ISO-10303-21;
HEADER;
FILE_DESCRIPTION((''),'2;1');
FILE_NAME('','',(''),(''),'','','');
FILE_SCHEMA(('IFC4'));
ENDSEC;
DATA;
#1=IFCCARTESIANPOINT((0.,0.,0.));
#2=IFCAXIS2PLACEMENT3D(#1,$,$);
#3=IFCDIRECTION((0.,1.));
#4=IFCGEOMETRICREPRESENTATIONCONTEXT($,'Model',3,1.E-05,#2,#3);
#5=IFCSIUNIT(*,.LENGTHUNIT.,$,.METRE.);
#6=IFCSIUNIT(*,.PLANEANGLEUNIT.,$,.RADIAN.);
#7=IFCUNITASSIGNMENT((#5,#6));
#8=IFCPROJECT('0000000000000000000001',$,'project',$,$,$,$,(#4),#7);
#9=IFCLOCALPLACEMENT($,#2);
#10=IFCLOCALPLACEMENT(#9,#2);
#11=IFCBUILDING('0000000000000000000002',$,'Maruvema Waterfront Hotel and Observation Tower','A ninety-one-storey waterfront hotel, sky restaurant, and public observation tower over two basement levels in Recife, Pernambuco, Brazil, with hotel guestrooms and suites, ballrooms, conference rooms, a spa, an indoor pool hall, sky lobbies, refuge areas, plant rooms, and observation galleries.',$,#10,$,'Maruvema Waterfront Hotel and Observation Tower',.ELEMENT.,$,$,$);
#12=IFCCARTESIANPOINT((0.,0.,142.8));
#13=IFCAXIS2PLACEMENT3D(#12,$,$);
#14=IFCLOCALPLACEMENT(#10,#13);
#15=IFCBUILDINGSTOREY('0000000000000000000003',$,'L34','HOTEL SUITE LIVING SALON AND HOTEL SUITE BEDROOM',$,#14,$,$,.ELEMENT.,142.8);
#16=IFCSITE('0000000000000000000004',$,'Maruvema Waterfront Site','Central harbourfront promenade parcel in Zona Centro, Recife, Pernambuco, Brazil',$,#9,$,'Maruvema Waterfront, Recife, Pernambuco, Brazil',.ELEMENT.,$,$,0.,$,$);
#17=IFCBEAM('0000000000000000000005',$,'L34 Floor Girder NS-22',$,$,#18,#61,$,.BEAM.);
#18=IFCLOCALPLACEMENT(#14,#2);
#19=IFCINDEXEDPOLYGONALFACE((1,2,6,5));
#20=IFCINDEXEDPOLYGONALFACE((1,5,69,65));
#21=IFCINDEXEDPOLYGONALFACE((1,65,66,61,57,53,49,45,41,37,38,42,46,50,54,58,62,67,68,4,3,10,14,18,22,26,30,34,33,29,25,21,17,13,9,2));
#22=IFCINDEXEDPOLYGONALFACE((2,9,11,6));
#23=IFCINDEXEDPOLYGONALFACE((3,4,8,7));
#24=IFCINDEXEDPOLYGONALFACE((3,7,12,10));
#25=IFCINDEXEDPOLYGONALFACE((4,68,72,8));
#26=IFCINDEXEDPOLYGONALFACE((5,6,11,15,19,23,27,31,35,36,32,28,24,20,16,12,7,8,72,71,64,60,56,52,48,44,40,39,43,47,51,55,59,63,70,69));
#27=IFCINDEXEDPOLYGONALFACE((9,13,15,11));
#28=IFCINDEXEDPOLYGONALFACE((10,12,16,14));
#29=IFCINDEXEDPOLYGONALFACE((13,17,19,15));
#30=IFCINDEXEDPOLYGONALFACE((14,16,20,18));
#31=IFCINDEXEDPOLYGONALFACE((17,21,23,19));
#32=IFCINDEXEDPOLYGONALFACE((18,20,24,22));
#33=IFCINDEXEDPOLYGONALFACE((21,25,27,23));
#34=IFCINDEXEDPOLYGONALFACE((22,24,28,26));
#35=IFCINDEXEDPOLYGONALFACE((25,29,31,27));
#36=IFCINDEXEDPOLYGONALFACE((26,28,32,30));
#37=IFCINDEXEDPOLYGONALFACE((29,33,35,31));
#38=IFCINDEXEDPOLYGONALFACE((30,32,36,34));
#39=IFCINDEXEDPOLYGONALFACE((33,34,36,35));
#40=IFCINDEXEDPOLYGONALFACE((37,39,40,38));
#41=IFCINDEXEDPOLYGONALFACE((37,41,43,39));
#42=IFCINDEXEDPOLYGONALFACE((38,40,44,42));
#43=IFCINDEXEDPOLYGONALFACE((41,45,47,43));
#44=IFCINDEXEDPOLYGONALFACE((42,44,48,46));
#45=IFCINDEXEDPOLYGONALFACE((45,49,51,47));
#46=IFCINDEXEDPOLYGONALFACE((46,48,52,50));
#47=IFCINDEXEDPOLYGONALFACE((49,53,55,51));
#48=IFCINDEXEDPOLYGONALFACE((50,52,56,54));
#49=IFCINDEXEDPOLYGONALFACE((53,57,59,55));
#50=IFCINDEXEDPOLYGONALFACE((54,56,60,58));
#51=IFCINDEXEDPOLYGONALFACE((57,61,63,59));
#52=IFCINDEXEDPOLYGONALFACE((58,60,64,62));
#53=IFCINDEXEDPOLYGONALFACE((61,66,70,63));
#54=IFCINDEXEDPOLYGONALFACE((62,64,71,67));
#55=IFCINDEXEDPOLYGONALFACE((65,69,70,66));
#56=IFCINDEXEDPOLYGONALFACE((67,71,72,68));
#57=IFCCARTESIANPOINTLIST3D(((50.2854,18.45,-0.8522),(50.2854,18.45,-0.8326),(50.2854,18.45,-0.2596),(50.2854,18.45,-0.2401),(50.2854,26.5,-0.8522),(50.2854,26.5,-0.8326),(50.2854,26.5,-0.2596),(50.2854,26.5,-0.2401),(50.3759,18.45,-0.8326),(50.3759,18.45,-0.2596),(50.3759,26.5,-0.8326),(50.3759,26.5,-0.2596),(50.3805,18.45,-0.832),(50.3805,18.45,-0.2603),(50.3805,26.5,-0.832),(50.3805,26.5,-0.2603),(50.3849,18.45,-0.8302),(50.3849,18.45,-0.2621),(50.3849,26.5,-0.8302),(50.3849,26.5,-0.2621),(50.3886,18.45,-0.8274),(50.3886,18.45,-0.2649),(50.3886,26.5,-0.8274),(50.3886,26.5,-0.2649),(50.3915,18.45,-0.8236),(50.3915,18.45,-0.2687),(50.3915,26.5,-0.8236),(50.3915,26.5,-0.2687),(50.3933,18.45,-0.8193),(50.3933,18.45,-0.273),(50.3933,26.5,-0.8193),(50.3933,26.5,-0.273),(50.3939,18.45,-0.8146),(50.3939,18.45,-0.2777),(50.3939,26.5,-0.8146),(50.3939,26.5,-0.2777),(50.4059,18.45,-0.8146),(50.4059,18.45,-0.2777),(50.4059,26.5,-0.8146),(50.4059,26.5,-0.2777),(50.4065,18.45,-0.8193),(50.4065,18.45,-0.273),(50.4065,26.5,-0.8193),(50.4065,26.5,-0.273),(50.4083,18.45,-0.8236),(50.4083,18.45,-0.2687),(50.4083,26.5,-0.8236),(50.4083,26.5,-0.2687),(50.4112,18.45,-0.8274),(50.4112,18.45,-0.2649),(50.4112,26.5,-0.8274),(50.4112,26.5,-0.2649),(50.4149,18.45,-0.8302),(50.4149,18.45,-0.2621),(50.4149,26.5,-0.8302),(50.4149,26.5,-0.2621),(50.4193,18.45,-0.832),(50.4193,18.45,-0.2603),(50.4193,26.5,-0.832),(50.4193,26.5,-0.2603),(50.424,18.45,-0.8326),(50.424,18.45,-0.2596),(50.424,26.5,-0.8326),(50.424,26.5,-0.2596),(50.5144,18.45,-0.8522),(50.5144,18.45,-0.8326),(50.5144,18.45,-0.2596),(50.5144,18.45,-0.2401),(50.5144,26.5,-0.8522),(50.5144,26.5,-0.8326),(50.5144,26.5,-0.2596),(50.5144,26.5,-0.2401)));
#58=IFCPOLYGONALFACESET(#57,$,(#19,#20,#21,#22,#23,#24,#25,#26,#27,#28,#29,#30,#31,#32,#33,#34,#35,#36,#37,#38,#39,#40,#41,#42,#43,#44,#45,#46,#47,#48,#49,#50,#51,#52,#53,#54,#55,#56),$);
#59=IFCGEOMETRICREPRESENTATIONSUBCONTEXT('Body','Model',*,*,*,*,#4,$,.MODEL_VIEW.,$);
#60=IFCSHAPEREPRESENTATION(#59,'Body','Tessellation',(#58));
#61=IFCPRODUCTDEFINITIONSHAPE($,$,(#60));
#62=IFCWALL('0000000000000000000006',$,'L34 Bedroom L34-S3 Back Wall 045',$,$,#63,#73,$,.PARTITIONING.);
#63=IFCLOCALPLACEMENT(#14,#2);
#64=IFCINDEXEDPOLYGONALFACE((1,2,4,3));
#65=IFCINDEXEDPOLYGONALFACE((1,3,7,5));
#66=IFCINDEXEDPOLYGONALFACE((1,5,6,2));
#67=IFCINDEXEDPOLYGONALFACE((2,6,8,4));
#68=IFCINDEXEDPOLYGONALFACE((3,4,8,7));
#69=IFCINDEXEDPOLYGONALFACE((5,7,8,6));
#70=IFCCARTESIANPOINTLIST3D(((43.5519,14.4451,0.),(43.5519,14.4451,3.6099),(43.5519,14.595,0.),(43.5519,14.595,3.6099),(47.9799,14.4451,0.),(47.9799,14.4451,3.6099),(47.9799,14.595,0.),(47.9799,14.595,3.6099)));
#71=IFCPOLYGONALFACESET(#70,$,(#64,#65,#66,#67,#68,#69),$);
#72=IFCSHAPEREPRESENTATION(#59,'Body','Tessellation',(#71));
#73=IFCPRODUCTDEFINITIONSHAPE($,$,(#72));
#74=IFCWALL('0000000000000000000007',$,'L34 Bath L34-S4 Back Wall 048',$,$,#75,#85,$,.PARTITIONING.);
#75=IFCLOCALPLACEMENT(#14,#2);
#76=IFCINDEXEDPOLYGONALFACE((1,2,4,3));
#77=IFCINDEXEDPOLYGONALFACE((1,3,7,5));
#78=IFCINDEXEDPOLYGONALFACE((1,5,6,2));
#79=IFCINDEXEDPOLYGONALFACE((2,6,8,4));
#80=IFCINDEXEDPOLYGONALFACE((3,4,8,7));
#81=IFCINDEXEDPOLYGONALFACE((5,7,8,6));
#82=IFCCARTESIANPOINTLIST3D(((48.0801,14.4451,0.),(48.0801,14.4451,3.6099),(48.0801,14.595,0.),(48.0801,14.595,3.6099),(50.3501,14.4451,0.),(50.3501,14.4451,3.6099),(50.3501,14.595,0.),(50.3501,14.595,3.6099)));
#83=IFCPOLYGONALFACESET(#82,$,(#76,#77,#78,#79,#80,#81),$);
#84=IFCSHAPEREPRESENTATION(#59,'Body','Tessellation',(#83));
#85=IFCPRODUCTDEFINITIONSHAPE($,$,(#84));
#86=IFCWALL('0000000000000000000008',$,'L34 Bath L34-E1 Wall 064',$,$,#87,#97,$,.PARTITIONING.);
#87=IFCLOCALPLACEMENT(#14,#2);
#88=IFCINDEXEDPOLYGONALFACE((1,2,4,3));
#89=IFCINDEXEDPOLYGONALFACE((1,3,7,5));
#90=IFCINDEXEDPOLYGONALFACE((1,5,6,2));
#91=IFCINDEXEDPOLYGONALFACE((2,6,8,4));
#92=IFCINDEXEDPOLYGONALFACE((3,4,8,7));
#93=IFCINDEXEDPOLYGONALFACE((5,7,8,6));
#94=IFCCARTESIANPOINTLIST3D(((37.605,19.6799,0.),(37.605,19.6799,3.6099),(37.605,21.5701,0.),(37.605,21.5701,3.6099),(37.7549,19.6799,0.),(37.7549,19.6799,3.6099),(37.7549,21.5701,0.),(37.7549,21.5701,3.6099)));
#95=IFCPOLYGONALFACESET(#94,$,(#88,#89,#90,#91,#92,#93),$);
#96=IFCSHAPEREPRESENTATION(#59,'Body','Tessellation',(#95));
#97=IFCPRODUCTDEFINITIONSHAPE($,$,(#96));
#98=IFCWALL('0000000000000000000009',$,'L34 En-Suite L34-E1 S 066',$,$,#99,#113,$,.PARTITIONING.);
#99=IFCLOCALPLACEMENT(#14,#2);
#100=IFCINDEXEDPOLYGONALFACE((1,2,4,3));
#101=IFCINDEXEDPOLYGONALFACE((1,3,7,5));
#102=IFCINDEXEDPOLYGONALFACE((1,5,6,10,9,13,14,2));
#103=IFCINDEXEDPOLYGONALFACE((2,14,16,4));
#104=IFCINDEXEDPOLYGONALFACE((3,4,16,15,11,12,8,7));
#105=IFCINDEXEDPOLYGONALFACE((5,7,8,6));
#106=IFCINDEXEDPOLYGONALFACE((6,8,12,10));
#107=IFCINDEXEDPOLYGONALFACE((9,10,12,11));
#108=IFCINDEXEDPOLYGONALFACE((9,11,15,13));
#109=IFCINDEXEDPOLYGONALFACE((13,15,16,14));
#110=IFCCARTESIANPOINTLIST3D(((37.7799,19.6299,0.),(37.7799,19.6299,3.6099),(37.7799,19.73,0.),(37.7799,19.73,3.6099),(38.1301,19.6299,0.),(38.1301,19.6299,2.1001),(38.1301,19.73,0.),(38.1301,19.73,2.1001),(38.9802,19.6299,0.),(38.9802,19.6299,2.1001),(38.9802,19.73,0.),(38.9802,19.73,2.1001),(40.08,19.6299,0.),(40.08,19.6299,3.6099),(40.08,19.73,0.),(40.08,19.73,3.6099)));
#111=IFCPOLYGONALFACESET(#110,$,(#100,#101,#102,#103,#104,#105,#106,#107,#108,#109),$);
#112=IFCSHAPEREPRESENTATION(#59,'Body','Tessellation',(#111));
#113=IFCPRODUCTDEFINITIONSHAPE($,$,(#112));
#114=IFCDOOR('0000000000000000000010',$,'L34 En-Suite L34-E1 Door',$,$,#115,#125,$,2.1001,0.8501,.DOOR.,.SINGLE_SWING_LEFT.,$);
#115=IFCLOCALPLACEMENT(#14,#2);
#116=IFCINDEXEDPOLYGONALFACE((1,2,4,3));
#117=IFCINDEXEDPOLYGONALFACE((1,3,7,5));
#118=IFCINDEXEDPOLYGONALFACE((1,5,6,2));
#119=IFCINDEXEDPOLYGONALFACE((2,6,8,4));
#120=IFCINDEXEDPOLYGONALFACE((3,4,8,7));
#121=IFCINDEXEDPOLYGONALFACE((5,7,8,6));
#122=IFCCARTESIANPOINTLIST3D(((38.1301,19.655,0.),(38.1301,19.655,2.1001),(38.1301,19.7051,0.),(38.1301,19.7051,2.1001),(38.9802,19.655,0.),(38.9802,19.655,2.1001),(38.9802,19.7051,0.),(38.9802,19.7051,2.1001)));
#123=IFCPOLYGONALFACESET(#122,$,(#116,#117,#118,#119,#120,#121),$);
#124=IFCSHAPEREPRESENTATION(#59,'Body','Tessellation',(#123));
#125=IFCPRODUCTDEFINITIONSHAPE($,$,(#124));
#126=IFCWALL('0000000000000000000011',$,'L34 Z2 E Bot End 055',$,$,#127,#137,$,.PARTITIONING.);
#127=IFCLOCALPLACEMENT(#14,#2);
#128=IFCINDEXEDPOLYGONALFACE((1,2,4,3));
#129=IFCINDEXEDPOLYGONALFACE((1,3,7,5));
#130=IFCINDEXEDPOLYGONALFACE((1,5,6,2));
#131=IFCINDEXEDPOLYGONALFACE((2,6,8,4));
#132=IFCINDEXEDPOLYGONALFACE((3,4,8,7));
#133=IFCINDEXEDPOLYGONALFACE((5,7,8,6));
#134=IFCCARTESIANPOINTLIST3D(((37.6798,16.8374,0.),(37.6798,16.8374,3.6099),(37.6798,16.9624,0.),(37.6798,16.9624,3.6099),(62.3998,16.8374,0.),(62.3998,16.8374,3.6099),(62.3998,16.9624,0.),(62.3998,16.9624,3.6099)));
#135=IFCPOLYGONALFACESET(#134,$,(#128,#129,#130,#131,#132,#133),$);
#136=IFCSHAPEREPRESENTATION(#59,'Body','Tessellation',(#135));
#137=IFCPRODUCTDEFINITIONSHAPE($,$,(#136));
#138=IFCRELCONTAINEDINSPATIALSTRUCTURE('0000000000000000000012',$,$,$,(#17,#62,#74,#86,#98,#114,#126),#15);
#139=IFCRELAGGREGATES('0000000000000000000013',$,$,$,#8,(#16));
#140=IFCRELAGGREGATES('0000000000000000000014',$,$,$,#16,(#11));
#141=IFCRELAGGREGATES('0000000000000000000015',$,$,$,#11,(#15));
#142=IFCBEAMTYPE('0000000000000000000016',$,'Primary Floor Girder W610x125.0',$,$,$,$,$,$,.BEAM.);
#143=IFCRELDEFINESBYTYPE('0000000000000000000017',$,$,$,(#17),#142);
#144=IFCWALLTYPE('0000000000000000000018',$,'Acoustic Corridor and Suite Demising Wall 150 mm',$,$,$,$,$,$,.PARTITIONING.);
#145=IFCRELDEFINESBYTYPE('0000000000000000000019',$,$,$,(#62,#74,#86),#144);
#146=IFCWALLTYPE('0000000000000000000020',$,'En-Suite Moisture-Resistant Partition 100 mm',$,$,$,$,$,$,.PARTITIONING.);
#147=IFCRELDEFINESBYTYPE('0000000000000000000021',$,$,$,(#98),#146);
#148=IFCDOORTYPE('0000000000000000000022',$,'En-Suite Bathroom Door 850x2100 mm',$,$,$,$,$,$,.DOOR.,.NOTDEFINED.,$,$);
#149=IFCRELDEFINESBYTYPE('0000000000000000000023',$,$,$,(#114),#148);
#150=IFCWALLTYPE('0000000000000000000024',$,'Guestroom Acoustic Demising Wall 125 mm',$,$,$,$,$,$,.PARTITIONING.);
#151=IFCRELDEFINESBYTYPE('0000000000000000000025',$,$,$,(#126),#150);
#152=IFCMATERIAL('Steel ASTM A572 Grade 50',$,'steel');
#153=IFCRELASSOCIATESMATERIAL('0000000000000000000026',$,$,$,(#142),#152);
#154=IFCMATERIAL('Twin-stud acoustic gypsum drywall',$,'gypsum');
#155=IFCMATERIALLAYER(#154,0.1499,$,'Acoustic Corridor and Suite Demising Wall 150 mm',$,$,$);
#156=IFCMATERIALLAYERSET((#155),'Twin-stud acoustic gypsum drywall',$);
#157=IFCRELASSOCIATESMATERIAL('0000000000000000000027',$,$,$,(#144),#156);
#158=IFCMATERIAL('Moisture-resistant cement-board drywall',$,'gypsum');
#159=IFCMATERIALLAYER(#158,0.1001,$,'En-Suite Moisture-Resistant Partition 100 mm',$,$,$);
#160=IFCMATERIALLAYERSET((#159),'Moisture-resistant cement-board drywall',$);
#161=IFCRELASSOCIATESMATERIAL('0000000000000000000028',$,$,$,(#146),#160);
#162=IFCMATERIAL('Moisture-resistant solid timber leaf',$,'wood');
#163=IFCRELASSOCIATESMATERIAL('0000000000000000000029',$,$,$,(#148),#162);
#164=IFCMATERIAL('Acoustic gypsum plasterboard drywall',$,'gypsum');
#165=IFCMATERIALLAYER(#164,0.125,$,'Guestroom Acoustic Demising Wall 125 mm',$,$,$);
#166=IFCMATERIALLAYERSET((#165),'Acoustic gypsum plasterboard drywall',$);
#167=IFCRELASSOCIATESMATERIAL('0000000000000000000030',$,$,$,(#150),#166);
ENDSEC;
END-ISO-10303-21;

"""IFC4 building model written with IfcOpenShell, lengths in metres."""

from ifc_helpers import new_model, si_unit, direction, frame, frame_2d, origin, origin_2d, place, context, subcontext, project, spatial, rectangle, i_section, extrude, material, layer, layer_set, material_profile, profile_set, type_object, element, fill, save


model = new_model("IFC4")

# Units and contexts
model_context = context("Model", 3, precision=1e-05, world=origin(), true_north=direction((0.0, 1.0)))
body_context = subcontext(model_context, "Body", "Model", "MODEL_VIEW")
ifc_project = project(units=[si_unit("LENGTHUNIT", "METRE"), si_unit("PLANEANGLEUNIT", "RADIAN")], contexts=[model_context])

# Site, building, storey
site_placement = place(None, origin())
site = spatial("IfcSite", under=ifc_project, at=site_placement, Name="Maruvema Waterfront Site", Description="Central harbourfront promenade parcel in Zona Centro, Recife, Pernambuco, Brazil", LongName="Maruvema Waterfront, Recife, Pernambuco, Brazil", CompositionType="ELEMENT", RefElevation=0.0)
building_placement = place(site_placement, origin())
building = spatial("IfcBuilding", under=site, at=building_placement, Name="Maruvema Waterfront Hotel and Observation Tower", Description="A ninety-one-storey waterfront hotel, sky restaurant, and public observation tower over two basement levels in Recife, Pernambuco, Brazil, with hotel guestrooms and suites, ballrooms, conference rooms, a spa, an indoor pool hall, sky lobbies, refuge areas, plant rooms, and observation galleries.", LongName="Maruvema Waterfront Hotel and Observation Tower", CompositionType="ELEMENT")
storey_placement = place(building_placement, frame((0.0, 0.0, 142.8)))
storey = spatial("IfcBuildingStorey", under=building, at=storey_placement, Name="L34", Description="HOTEL SUITE LIVING SALON AND HOTEL SUITE BEDROOM", CompositionType="ELEMENT", Elevation=142.8)

# Beam
ifc_material_1 = material(Name="Steel ASTM A572 Grade 50", Category="steel")
ifc_material_profile_1 = material_profile(ifc_material_1, i_section(OverallWidth=0.229, OverallDepth=0.6121, WebThickness=0.012, FlangeThickness=0.0195, FilletRadius=0.0181, at=origin_2d()), Name="W610x125.0")
ifc_profile_set_1 = profile_set([ifc_material_profile_1], Name="Steel ASTM A572 Grade 50")
beam_type = type_object("IfcBeamType", Name="Primary Floor Girder W610x125.0", PredefinedType="BEAM", material=ifc_profile_set_1)
beam_1_placement = place(storey_placement, frame((50.3999, 18.45, -0.5461), z_axis=(0.0, 1.0, 0.0), x_axis=(-1.0, 0.0, 0.0)))
element("IfcBeam", 1, at=beam_1_placement, inside=storey, type_object=beam_type, Name="L34 Floor Girder NS-22", PredefinedType="BEAM", context=body_context, shape_type="SweptSolid", body=[
    extrude(i_section(OverallWidth=0.229, OverallDepth=0.6121, WebThickness=0.012, FlangeThickness=0.0195, FilletRadius=0.0181, at=origin_2d()), origin(), (0.0, 0.0, 1.0), 8.05),
])

# Walls
ifc_material_2 = material(Name="Twin-stud acoustic gypsum drywall", Category="gypsum")
ifc_layer_1 = layer(ifc_material_2, 0.1499, Name="Acoustic Corridor and Suite Demising Wall 150 mm")
ifc_layer_set_1 = layer_set([ifc_layer_1], Name="Twin-stud acoustic gypsum drywall")
wall_type_1 = type_object("IfcWallType", Name="Acoustic Corridor and Suite Demising Wall 150 mm", PredefinedType="PARTITIONING", material=ifc_layer_set_1)
wall_1_placement = place(storey_placement, frame((43.552, 14.52, 0.0), z_axis=(0.0, 0.0, 1.0), x_axis=(1.0, 0.0, 0.0)))
element("IfcWall", 2, at=wall_1_placement, inside=storey, type_object=wall_type_1, Name="L34 Bedroom L34-S3 Back Wall 045", PredefinedType="PARTITIONING", context=body_context, shape_type="SweptSolid", body=[
    extrude(rectangle(XDim=4.428, YDim=0.1499, at=frame_2d((2.2139, 0.0))), origin(), (0.0, 0.0, 1.0), 3.6099),
])
wall_2_placement = place(storey_placement, frame((48.0801, 14.52, 0.0), z_axis=(0.0, 0.0, 1.0), x_axis=(1.0, 0.0, 0.0)))
element("IfcWall", 3, at=wall_2_placement, inside=storey, type_object=wall_type_1, Name="L34 Bath L34-S4 Back Wall 048", PredefinedType="PARTITIONING", context=body_context, shape_type="SweptSolid", body=[
    extrude(rectangle(XDim=2.27, YDim=0.1499, at=frame_2d((1.135, 0.0))), origin(), (0.0, 0.0, 1.0), 3.6099),
])

# Wall
wall_3_placement = place(storey_placement, frame((37.6799, 19.6799, 0.0), z_axis=(0.0, 0.0, 1.0), x_axis=(0.0, 1.0, 0.0)))
element("IfcWall", 4, at=wall_3_placement, inside=storey, type_object=wall_type_1, Name="L34 Bath L34-E1 Wall 064", PredefinedType="PARTITIONING", context=body_context, shape_type="SweptSolid", body=[
    extrude(rectangle(XDim=1.8901, YDim=0.1499, at=frame_2d((0.9451, 0.0))), origin(), (0.0, 0.0, 1.0), 3.6099),
])

# Wall, opening, door
ifc_material_3 = material(Name="Moisture-resistant cement-board drywall", Category="gypsum")
ifc_layer_2 = layer(ifc_material_3, 0.1001, Name="En-Suite Moisture-Resistant Partition 100 mm")
ifc_layer_set_2 = layer_set([ifc_layer_2], Name="Moisture-resistant cement-board drywall")
wall_type_2 = type_object("IfcWallType", Name="En-Suite Moisture-Resistant Partition 100 mm", PredefinedType="PARTITIONING", material=ifc_layer_set_2)
wall_4_placement = place(storey_placement, frame((37.78, 19.6799, 0.0), z_axis=(0.0, 0.0, 1.0), x_axis=(1.0, 0.0, 0.0)))
wall_4 = element("IfcWall", 5, at=wall_4_placement, inside=storey, type_object=wall_type_2, Name="L34 En-Suite L34-E1 S 066", PredefinedType="PARTITIONING", context=body_context, shape_type="SweptSolid", body=[
    extrude(rectangle(XDim=2.3, YDim=0.1001, at=frame_2d((1.1499, 0.0))), origin(), (0.0, 0.0, 1.0), 3.6099),
])
opening_1_placement = place(wall_4_placement, frame((0.3501, 0.0, 0.0)))
opening_1 = element("IfcOpeningElement", 6, at=opening_1_placement, cuts=wall_4, PredefinedType="OPENING", context=body_context, shape_type="SweptSolid", body=[
    extrude(rectangle(XDim=0.8501, YDim=2.1001, at=frame_2d((0.425, 1.05))), frame((0.0, 0.0601, 0.0), z_axis=(0.0, -1.0, 0.0), x_axis=(1.0, 0.0, 0.0)), (0.0, 0.0, 1.0), 0.1201),
])
ifc_material_4 = material(Name="Moisture-resistant solid timber leaf", Category="wood")
door_type_1 = type_object("IfcDoorType", Name="En-Suite Bathroom Door 850x2100 mm", OperationType="NOTDEFINED", PredefinedType="DOOR", material=ifc_material_4)
door_1_placement = place(opening_1_placement, frame((0.8501, 0.0, 0.0), z_axis=(0.0, 0.0, 1.0), x_axis=(-1.0, 0.0, 0.0)))
door_1 = element("IfcDoor", 7, at=door_1_placement, inside=storey, type_object=door_type_1, Name="L34 En-Suite L34-E1 Door", OperationType="SINGLE_SWING_LEFT", OverallHeight=2.1001, OverallWidth=0.8501, PredefinedType="DOOR", context=body_context, shape_type="SweptSolid", body=[
    extrude(rectangle(XDim=0.8501, YDim=2.1001, at=frame_2d((0.425, 1.05))), frame((0.0, 0.0249, 0.0), z_axis=(0.0, -1.0, 0.0), x_axis=(1.0, 0.0, 0.0)), (0.0, 0.0, 1.0), 0.05),
])
fill(opening_1, door_1)

# Wall
ifc_material_5 = material(Name="Acoustic gypsum plasterboard drywall", Category="gypsum")
ifc_layer_3 = layer(ifc_material_5, 0.125, Name="Guestroom Acoustic Demising Wall 125 mm")
ifc_layer_set_3 = layer_set([ifc_layer_3], Name="Acoustic gypsum plasterboard drywall")
wall_type_3 = type_object("IfcWallType", Name="Guestroom Acoustic Demising Wall 125 mm", PredefinedType="PARTITIONING", material=ifc_layer_set_3)
wall_5_placement = place(storey_placement, frame((37.6799, 16.8999, 0.0), z_axis=(0.0, 0.0, 1.0), x_axis=(1.0, 0.0, 0.0)))
element("IfcWall", 8, at=wall_5_placement, inside=storey, type_object=wall_type_3, Name="L34 Z2 E Bot End 055", PredefinedType="PARTITIONING", context=body_context, shape_type="SweptSolid", body=[
    extrude(rectangle(XDim=24.72, YDim=0.125, at=frame_2d((12.3599, 0.0))), origin(), (0.0, 0.0, 1.0), 3.6099),
])

save(model, "model.ifc")
